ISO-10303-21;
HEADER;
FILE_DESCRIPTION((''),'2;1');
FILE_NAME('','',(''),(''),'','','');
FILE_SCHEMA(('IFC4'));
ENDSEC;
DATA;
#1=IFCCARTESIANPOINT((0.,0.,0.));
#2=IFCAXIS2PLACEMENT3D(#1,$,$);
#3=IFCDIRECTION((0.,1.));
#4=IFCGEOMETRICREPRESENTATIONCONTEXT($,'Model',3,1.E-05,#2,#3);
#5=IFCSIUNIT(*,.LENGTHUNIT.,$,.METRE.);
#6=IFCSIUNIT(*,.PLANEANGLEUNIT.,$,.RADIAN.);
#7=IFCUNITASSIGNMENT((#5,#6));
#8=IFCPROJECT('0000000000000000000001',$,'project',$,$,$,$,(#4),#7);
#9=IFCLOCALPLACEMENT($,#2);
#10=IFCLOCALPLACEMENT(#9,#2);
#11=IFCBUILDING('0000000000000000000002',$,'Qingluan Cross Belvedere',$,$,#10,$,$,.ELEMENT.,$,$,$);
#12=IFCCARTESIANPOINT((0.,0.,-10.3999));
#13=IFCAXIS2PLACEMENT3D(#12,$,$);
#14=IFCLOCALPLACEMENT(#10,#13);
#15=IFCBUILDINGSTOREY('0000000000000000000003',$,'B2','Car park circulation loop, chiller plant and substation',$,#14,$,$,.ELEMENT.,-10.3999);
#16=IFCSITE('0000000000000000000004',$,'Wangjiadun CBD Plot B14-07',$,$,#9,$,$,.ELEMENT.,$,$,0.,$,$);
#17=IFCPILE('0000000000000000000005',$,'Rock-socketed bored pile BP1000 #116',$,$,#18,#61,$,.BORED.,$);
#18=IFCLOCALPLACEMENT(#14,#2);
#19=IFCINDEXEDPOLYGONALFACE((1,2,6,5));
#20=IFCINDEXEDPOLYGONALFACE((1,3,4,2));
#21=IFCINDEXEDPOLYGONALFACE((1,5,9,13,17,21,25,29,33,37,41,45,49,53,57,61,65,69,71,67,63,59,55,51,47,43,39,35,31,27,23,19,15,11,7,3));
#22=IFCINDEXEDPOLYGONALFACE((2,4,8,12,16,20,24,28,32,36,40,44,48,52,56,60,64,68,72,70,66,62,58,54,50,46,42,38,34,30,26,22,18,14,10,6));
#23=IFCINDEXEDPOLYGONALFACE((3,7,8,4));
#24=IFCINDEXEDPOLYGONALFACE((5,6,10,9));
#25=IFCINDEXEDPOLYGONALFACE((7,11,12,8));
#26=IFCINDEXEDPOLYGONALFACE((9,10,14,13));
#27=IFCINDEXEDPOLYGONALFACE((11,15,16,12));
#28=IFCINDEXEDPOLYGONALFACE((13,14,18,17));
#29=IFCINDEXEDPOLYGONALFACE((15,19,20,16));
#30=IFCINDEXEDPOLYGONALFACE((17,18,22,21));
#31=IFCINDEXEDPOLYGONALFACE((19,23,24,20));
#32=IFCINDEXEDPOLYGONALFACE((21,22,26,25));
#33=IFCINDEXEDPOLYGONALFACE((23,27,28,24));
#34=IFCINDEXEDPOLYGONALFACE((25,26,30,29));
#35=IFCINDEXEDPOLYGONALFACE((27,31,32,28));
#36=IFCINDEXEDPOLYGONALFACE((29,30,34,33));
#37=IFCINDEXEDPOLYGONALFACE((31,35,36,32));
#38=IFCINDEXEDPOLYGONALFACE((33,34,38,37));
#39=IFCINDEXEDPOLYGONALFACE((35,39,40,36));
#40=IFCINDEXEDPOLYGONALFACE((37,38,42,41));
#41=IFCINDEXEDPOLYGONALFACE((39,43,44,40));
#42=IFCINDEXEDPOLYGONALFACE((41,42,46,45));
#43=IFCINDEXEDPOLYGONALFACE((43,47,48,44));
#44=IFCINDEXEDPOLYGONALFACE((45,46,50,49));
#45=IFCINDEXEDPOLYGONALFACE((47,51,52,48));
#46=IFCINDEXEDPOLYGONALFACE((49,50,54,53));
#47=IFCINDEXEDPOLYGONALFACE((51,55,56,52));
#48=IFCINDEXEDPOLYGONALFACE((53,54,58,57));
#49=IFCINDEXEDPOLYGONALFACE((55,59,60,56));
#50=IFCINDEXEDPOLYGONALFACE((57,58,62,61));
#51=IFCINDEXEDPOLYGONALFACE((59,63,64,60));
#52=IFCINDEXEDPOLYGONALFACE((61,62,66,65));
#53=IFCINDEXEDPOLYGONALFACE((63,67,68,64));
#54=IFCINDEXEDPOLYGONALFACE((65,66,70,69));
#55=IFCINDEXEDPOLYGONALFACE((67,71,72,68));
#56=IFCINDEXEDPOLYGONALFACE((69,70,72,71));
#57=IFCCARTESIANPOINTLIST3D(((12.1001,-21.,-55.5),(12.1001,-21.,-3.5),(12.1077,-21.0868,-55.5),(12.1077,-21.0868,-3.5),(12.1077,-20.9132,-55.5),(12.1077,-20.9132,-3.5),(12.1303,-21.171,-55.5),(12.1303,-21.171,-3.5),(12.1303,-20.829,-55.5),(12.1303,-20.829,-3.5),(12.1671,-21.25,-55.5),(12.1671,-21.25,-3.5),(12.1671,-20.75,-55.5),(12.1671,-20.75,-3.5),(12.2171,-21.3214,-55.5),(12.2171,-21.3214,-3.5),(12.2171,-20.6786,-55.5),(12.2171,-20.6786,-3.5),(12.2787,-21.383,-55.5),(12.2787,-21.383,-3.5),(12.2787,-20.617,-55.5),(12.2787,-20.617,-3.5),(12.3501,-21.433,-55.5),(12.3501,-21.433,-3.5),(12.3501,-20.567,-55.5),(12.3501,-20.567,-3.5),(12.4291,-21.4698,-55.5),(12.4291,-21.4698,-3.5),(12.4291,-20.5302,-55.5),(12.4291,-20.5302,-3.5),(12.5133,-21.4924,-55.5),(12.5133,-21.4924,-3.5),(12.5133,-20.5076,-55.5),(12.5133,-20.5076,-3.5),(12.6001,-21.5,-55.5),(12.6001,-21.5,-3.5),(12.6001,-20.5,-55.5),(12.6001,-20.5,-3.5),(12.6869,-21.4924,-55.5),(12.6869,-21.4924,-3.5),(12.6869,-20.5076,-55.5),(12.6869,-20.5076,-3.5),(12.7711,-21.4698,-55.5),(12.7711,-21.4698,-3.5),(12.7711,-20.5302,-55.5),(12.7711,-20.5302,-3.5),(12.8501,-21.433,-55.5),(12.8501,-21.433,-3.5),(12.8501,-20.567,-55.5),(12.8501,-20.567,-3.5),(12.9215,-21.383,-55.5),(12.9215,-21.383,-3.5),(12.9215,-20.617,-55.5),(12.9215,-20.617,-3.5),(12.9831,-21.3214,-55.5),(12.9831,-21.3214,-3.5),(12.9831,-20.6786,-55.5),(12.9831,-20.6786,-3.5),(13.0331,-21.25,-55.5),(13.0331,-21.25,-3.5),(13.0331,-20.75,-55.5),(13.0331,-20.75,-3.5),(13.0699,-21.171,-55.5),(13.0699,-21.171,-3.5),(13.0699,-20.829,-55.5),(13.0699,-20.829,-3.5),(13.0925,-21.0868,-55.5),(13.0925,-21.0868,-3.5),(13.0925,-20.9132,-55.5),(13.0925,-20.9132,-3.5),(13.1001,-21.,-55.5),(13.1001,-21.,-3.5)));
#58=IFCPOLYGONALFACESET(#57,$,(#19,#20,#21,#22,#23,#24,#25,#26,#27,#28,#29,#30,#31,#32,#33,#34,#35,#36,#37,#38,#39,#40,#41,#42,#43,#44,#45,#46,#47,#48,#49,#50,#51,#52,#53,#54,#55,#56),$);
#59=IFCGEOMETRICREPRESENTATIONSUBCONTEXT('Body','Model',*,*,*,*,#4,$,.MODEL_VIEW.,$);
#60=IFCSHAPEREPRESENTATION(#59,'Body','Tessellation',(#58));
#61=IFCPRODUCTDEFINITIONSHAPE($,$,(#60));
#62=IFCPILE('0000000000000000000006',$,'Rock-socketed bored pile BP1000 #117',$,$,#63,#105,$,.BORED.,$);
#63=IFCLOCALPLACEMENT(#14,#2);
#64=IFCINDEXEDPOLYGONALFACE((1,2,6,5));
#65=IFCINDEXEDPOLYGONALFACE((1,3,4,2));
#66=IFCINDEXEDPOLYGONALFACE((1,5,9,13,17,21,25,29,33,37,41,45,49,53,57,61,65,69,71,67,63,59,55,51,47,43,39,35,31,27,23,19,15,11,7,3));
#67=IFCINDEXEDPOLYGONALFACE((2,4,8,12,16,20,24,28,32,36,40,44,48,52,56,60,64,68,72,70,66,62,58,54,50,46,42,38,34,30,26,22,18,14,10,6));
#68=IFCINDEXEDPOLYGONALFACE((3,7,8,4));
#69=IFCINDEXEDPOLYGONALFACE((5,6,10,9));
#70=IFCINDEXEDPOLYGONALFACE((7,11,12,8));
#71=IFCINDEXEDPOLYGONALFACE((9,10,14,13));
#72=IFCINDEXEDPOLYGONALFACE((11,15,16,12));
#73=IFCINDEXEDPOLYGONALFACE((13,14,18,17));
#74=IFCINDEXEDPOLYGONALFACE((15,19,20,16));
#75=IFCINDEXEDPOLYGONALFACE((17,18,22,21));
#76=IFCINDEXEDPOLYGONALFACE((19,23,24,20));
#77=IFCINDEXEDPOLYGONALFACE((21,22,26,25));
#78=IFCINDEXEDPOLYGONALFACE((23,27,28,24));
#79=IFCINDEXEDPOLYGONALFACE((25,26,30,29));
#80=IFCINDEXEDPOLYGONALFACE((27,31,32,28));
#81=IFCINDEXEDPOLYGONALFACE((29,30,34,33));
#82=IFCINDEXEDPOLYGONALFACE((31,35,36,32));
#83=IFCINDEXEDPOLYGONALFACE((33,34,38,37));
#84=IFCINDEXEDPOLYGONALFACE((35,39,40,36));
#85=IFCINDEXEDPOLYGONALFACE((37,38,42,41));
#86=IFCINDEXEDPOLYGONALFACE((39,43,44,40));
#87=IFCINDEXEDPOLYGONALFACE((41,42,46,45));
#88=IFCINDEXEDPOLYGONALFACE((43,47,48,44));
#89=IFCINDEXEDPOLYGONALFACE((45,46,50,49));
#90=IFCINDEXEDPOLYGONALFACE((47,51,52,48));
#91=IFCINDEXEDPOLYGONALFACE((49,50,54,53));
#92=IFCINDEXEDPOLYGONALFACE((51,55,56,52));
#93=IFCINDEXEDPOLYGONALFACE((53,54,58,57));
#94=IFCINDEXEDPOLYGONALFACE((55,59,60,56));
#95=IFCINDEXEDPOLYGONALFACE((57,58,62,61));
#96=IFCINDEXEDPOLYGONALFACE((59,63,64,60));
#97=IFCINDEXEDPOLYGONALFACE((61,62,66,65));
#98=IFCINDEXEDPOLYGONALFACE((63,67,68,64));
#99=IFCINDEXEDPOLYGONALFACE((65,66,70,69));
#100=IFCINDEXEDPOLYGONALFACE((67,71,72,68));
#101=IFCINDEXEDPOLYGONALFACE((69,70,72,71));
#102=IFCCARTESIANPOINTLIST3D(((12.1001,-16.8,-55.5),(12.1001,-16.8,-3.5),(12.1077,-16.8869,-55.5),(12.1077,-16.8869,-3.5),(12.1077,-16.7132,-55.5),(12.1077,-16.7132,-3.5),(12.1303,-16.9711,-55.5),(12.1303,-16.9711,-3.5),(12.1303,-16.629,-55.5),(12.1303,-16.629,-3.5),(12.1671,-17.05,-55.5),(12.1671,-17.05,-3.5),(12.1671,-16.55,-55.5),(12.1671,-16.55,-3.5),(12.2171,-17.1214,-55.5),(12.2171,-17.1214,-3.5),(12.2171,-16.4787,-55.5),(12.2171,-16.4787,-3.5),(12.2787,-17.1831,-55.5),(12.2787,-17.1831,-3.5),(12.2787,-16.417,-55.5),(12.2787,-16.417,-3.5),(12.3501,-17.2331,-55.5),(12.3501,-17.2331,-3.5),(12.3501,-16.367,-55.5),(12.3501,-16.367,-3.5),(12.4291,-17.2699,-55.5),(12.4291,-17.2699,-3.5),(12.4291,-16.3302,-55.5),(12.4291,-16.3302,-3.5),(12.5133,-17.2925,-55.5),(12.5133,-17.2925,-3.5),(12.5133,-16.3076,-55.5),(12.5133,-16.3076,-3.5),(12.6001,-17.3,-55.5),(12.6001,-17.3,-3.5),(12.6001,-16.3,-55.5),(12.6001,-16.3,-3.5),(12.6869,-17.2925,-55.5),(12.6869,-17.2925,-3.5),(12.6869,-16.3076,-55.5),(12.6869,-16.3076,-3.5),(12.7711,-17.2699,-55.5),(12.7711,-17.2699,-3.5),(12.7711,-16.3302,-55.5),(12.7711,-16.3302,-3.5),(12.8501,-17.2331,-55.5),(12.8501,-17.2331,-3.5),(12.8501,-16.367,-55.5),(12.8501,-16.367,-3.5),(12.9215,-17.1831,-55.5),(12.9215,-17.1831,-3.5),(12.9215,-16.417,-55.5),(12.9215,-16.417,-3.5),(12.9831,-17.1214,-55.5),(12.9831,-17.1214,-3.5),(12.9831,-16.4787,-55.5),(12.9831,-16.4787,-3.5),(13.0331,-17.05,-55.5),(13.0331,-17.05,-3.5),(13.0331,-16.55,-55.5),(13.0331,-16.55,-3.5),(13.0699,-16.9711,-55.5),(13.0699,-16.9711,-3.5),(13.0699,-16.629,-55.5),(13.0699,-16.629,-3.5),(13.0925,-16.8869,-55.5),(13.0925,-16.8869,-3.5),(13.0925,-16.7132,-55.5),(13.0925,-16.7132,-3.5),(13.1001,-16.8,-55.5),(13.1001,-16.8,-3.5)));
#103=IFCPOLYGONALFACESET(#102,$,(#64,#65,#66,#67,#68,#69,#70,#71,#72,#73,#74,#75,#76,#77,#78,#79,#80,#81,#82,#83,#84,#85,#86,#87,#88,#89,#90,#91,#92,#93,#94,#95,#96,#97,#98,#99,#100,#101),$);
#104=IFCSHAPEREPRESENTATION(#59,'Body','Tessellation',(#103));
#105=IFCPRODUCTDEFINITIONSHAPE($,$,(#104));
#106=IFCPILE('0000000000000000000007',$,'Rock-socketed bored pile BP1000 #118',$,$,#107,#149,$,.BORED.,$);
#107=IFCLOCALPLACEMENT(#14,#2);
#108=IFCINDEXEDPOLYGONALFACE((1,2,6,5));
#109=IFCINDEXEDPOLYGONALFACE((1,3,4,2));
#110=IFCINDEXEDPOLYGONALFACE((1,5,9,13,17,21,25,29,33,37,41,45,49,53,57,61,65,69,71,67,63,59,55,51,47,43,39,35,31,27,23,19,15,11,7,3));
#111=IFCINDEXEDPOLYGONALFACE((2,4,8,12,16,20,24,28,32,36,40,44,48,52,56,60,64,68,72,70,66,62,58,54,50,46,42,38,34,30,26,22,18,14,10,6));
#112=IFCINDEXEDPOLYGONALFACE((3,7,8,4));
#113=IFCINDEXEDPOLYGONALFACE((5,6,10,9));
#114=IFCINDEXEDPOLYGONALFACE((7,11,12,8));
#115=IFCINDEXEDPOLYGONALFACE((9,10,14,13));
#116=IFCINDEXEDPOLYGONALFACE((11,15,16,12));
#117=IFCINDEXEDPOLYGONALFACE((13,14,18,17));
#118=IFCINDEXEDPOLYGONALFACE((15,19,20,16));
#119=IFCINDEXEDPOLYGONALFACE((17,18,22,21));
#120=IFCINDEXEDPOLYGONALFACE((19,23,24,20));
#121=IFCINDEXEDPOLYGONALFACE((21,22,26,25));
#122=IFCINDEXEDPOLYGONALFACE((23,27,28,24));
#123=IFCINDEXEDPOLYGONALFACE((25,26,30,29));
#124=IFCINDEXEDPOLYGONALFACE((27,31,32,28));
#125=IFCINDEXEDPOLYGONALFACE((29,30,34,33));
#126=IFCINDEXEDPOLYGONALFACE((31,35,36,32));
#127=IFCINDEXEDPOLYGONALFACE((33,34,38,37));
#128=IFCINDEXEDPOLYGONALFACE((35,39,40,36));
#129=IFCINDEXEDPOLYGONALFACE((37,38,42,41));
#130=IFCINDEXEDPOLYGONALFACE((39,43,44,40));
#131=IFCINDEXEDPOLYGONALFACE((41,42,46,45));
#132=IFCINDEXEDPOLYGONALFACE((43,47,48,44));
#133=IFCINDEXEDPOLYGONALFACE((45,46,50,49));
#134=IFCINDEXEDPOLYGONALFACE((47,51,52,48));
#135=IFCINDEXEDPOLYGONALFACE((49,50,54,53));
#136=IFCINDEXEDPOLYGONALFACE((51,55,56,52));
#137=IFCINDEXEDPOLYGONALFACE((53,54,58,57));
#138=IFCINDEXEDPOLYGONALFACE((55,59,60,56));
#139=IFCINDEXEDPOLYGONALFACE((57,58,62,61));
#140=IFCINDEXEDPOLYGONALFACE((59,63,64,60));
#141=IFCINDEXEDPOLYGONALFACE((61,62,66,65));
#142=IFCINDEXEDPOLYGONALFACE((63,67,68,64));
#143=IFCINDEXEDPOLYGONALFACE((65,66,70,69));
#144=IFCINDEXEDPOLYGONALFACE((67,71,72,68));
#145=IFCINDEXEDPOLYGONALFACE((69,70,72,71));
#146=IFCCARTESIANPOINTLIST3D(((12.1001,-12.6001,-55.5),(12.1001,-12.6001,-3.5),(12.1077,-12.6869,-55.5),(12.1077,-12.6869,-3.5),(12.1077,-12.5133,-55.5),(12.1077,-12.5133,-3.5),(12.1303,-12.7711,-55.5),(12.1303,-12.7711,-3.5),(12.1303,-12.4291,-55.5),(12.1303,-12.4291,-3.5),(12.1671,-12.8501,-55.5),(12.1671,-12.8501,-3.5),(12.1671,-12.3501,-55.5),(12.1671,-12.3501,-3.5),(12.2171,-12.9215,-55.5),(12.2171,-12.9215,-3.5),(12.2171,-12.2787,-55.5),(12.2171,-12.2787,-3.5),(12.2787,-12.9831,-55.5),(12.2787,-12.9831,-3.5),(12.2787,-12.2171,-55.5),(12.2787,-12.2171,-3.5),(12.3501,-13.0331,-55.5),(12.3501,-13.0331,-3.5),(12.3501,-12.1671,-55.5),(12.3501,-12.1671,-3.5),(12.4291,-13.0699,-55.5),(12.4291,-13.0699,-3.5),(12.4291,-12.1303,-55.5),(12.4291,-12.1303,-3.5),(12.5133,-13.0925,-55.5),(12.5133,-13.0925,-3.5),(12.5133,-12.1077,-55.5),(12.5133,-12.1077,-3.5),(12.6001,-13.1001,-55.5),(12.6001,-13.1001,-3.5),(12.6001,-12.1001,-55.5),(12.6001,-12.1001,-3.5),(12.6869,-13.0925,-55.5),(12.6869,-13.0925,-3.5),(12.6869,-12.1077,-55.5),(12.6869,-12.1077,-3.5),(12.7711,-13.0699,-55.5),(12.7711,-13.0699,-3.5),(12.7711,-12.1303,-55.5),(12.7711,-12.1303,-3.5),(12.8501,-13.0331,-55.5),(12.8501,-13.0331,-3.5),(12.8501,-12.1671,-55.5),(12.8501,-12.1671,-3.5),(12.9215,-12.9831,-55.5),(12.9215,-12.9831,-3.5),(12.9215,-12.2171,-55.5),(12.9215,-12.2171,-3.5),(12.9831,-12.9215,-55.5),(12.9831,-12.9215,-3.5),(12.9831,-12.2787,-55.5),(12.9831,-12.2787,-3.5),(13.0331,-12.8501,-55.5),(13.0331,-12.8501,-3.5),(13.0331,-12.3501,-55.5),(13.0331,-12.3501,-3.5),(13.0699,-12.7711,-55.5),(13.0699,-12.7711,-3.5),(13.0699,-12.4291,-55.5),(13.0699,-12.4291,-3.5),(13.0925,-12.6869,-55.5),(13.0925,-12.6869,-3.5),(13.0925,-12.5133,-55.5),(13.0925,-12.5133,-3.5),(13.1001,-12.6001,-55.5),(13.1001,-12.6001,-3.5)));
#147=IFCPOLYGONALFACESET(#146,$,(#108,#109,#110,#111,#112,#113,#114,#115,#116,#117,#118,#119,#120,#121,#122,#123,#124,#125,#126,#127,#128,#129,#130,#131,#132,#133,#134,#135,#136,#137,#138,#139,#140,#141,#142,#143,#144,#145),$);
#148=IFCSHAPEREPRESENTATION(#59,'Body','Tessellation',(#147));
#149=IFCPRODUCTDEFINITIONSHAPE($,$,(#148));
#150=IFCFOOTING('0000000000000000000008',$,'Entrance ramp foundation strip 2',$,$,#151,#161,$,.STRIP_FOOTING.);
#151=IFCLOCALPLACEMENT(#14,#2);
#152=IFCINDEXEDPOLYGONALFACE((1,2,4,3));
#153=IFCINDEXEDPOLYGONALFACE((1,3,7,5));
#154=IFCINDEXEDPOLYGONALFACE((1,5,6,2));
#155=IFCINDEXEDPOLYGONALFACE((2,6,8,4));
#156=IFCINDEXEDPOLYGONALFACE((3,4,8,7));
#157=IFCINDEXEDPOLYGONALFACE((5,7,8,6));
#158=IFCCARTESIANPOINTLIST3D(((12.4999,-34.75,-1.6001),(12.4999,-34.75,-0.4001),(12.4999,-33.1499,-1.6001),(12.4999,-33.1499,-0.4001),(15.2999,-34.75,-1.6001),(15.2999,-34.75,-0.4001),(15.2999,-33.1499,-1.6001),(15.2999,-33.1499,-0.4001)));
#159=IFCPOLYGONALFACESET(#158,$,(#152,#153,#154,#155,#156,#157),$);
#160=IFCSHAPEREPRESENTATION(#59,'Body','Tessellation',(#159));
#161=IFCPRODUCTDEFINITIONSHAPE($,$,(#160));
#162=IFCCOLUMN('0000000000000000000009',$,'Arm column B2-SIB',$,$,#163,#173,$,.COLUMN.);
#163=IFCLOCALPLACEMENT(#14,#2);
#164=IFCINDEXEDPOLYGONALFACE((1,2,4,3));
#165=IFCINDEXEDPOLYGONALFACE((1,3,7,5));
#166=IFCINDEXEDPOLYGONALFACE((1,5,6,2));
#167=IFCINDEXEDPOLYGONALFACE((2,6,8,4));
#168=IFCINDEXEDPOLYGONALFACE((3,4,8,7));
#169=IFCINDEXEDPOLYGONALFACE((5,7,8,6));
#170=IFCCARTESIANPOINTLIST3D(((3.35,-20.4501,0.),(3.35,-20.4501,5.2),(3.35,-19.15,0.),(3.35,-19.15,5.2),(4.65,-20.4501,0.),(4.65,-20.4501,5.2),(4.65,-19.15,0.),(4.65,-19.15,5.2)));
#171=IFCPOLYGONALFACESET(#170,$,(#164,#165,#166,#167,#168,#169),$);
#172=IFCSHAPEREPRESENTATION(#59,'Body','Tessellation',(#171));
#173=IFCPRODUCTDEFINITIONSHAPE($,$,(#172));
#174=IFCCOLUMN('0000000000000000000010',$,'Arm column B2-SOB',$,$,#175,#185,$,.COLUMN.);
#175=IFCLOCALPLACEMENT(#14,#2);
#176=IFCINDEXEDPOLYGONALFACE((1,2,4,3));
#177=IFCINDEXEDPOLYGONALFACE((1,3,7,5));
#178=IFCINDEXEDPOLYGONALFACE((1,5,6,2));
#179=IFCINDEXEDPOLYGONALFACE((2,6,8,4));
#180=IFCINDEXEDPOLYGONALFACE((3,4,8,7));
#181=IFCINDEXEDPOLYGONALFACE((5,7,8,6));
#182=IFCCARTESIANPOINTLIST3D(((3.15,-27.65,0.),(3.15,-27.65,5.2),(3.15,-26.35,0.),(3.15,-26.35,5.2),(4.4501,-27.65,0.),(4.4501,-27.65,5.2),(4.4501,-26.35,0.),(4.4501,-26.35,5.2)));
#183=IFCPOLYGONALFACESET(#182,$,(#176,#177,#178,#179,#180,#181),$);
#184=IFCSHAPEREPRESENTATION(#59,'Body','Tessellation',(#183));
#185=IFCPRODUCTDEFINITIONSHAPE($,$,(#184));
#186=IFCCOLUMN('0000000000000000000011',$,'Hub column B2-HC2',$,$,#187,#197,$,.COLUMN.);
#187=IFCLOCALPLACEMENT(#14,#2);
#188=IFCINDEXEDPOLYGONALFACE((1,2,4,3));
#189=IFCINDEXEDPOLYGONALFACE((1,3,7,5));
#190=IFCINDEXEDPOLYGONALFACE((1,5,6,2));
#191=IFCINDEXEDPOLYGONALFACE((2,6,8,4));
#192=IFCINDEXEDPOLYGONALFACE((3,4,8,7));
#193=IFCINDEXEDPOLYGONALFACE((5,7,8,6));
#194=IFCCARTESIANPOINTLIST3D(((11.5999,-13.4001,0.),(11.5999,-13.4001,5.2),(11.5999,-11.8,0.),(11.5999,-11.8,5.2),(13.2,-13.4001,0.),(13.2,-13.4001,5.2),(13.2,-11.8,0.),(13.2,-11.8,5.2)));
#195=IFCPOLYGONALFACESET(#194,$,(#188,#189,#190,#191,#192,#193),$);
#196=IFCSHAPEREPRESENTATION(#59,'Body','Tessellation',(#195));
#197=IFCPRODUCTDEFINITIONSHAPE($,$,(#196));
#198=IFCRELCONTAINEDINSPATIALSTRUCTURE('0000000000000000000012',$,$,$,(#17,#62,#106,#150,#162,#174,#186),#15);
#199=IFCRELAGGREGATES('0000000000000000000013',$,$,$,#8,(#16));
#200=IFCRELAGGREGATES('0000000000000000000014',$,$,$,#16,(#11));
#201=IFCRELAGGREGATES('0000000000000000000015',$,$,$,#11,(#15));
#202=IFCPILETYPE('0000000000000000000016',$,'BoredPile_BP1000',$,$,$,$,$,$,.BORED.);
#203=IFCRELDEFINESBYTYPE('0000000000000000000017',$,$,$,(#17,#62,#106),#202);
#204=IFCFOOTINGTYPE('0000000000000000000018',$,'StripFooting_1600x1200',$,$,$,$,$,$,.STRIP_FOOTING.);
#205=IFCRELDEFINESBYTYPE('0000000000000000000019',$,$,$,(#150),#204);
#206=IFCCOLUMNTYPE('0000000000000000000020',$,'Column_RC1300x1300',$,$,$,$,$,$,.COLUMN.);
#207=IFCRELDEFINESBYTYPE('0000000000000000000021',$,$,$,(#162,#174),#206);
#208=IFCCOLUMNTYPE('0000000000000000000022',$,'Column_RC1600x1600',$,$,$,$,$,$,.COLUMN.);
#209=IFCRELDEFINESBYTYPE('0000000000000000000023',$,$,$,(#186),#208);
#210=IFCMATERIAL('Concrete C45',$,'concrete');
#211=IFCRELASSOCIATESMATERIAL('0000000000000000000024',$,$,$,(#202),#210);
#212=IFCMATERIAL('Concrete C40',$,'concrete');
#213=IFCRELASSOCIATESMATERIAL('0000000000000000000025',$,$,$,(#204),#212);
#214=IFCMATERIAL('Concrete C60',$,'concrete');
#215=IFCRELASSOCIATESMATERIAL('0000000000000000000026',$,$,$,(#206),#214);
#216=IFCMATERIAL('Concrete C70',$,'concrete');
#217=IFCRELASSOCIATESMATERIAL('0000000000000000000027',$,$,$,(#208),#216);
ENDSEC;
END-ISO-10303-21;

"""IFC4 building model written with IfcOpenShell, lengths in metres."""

from ifc_helpers import new_model, si_unit, direction, frame, origin, origin_2d, place, context, subcontext, project, spatial, rectangle, circle, extrude, material, material_profile, profile_set, type_object, element, save


model = new_model("IFC4")

# Units and contexts
model_context = context("Model", 3, precision=1e-05, world=origin(), true_north=direction((0.0, 1.0)))
body_context = subcontext(model_context, "Body", "Model", "MODEL_VIEW")
ifc_project = project(units=[si_unit("LENGTHUNIT", "METRE"), si_unit("PLANEANGLEUNIT", "RADIAN")], contexts=[model_context])

# Site, building, storey
site_placement = place(None, origin())
site = spatial("IfcSite", under=ifc_project, at=site_placement, Name="Wangjiadun CBD Plot B14-07", CompositionType="ELEMENT", RefElevation=0.0)
building_placement = place(site_placement, origin())
building = spatial("IfcBuilding", under=site, at=building_placement, Name="Qingluan Cross Belvedere", CompositionType="ELEMENT")
storey_placement = place(building_placement, frame((0.0, 0.0, -10.3999)))
storey = spatial("IfcBuildingStorey", under=building, at=storey_placement, Name="B2", Description="Car park circulation loop, chiller plant and substation", CompositionType="ELEMENT", Elevation=-10.3999)

# Piles
ifc_material_1 = material(Name="Concrete C45", Category="concrete")
ifc_material_profile_1 = material_profile(ifc_material_1, circle(Radius=0.5, at=origin_2d()), Name="BP1000")
ifc_profile_set_1 = profile_set([ifc_material_profile_1], Name="Concrete C45")
pile_type = type_object("IfcPileType", Name="BoredPile_BP1000", PredefinedType="BORED", material=ifc_profile_set_1)
for number, where, z_axis, x_axis, name in (
    (1, (12.6001, -21.0, -3.5), (0.0, 0.0, -1.0), (1.0, 0.0, 0.0), "Rock-socketed bored pile BP1000 #116"),
    (2, (12.6001, -16.8, -3.5), (0.0, 0.0, -1.0), (1.0, 0.0, 0.0), "Rock-socketed bored pile BP1000 #117"),
    (3, (12.6001, -12.6001, -3.5), (0.0, 0.0, -1.0), (1.0, 0.0, 0.0), "Rock-socketed bored pile BP1000 #118"),
):
    element("IfcPile", number, at=place(storey_placement, frame(where, z_axis=z_axis, x_axis=x_axis)), inside=storey, type_object=pile_type, Name=name, PredefinedType="BORED", context=body_context, shape_type="SweptSolid", body=[
        extrude(circle(Radius=0.5, at=origin_2d()), origin(), (0.0, 0.0, 1.0), 52.0),
    ])

# Footing
ifc_material_2 = material(Name="Concrete C40", Category="concrete")
footing_type = type_object("IfcFootingType", Name="StripFooting_1600x1200", PredefinedType="STRIP_FOOTING", material=ifc_material_2)
footing_placement = place(storey_placement, frame((13.8999, -33.95, -1.6001), z_axis=(0.0, 0.0, 1.0), x_axis=(1.0, 0.0, 0.0)))
element("IfcFooting", 4, at=footing_placement, inside=storey, type_object=footing_type, Name="Entrance ramp foundation strip 2", PredefinedType="STRIP_FOOTING", context=body_context, shape_type="SweptSolid", body=[
    extrude(rectangle(XDim=2.8, YDim=1.6001, at=origin_2d()), origin(), (0.0, 0.0, 1.0), 1.2),
])

# Columns
ifc_material_3 = material(Name="Concrete C60", Category="concrete")
ifc_material_profile_2 = material_profile(ifc_material_3, rectangle(XDim=1.3, YDim=1.3, at=origin_2d()), Name="RC1300x1300")
ifc_profile_set_2 = profile_set([ifc_material_profile_2], Name="Concrete C60")
column_type_1 = type_object("IfcColumnType", Name="Column_RC1300x1300", PredefinedType="COLUMN", material=ifc_profile_set_2)
for number, where, z_axis, x_axis, name in (
    (5, (4.0, -19.8, 0.0), (0.0, 0.0, 1.0), (1.0, 0.0, 0.0), "Arm column B2-SIB"),
    (6, (3.8, -27.0, 0.0), (0.0, 0.0, 1.0), (1.0, 0.0, 0.0), "Arm column B2-SOB"),
):
    element("IfcColumn", number, at=place(storey_placement, frame(where, z_axis=z_axis, x_axis=x_axis)), inside=storey, type_object=column_type_1, Name=name, PredefinedType="COLUMN", context=body_context, shape_type="SweptSolid", body=[
        extrude(rectangle(XDim=1.3, YDim=1.3, at=origin_2d()), origin(), (0.0, 0.0, 1.0), 5.2),
    ])
ifc_material_4 = material(Name="Concrete C70", Category="concrete")
ifc_material_profile_3 = material_profile(ifc_material_4, rectangle(XDim=1.6001, YDim=1.6001, at=origin_2d()), Name="RC1600x1600")
ifc_profile_set_3 = profile_set([ifc_material_profile_3], Name="Concrete C70")
column_type_2 = type_object("IfcColumnType", Name="Column_RC1600x1600", PredefinedType="COLUMN", material=ifc_profile_set_3)
for number, where, z_axis, x_axis, name in (
    (7, (12.3999, -12.6001, 0.0), (0.0, 0.0, 1.0), (1.0, 0.0, 0.0), "Hub column B2-HC2"),
):
    element("IfcColumn", number, at=place(storey_placement, frame(where, z_axis=z_axis, x_axis=x_axis)), inside=storey, type_object=column_type_2, Name=name, PredefinedType="COLUMN", context=body_context, shape_type="SweptSolid", body=[
        extrude(rectangle(XDim=1.6001, YDim=1.6001, at=origin_2d()), origin(), (0.0, 0.0, 1.0), 5.2),
    ])

save(model, "model.ifc")
